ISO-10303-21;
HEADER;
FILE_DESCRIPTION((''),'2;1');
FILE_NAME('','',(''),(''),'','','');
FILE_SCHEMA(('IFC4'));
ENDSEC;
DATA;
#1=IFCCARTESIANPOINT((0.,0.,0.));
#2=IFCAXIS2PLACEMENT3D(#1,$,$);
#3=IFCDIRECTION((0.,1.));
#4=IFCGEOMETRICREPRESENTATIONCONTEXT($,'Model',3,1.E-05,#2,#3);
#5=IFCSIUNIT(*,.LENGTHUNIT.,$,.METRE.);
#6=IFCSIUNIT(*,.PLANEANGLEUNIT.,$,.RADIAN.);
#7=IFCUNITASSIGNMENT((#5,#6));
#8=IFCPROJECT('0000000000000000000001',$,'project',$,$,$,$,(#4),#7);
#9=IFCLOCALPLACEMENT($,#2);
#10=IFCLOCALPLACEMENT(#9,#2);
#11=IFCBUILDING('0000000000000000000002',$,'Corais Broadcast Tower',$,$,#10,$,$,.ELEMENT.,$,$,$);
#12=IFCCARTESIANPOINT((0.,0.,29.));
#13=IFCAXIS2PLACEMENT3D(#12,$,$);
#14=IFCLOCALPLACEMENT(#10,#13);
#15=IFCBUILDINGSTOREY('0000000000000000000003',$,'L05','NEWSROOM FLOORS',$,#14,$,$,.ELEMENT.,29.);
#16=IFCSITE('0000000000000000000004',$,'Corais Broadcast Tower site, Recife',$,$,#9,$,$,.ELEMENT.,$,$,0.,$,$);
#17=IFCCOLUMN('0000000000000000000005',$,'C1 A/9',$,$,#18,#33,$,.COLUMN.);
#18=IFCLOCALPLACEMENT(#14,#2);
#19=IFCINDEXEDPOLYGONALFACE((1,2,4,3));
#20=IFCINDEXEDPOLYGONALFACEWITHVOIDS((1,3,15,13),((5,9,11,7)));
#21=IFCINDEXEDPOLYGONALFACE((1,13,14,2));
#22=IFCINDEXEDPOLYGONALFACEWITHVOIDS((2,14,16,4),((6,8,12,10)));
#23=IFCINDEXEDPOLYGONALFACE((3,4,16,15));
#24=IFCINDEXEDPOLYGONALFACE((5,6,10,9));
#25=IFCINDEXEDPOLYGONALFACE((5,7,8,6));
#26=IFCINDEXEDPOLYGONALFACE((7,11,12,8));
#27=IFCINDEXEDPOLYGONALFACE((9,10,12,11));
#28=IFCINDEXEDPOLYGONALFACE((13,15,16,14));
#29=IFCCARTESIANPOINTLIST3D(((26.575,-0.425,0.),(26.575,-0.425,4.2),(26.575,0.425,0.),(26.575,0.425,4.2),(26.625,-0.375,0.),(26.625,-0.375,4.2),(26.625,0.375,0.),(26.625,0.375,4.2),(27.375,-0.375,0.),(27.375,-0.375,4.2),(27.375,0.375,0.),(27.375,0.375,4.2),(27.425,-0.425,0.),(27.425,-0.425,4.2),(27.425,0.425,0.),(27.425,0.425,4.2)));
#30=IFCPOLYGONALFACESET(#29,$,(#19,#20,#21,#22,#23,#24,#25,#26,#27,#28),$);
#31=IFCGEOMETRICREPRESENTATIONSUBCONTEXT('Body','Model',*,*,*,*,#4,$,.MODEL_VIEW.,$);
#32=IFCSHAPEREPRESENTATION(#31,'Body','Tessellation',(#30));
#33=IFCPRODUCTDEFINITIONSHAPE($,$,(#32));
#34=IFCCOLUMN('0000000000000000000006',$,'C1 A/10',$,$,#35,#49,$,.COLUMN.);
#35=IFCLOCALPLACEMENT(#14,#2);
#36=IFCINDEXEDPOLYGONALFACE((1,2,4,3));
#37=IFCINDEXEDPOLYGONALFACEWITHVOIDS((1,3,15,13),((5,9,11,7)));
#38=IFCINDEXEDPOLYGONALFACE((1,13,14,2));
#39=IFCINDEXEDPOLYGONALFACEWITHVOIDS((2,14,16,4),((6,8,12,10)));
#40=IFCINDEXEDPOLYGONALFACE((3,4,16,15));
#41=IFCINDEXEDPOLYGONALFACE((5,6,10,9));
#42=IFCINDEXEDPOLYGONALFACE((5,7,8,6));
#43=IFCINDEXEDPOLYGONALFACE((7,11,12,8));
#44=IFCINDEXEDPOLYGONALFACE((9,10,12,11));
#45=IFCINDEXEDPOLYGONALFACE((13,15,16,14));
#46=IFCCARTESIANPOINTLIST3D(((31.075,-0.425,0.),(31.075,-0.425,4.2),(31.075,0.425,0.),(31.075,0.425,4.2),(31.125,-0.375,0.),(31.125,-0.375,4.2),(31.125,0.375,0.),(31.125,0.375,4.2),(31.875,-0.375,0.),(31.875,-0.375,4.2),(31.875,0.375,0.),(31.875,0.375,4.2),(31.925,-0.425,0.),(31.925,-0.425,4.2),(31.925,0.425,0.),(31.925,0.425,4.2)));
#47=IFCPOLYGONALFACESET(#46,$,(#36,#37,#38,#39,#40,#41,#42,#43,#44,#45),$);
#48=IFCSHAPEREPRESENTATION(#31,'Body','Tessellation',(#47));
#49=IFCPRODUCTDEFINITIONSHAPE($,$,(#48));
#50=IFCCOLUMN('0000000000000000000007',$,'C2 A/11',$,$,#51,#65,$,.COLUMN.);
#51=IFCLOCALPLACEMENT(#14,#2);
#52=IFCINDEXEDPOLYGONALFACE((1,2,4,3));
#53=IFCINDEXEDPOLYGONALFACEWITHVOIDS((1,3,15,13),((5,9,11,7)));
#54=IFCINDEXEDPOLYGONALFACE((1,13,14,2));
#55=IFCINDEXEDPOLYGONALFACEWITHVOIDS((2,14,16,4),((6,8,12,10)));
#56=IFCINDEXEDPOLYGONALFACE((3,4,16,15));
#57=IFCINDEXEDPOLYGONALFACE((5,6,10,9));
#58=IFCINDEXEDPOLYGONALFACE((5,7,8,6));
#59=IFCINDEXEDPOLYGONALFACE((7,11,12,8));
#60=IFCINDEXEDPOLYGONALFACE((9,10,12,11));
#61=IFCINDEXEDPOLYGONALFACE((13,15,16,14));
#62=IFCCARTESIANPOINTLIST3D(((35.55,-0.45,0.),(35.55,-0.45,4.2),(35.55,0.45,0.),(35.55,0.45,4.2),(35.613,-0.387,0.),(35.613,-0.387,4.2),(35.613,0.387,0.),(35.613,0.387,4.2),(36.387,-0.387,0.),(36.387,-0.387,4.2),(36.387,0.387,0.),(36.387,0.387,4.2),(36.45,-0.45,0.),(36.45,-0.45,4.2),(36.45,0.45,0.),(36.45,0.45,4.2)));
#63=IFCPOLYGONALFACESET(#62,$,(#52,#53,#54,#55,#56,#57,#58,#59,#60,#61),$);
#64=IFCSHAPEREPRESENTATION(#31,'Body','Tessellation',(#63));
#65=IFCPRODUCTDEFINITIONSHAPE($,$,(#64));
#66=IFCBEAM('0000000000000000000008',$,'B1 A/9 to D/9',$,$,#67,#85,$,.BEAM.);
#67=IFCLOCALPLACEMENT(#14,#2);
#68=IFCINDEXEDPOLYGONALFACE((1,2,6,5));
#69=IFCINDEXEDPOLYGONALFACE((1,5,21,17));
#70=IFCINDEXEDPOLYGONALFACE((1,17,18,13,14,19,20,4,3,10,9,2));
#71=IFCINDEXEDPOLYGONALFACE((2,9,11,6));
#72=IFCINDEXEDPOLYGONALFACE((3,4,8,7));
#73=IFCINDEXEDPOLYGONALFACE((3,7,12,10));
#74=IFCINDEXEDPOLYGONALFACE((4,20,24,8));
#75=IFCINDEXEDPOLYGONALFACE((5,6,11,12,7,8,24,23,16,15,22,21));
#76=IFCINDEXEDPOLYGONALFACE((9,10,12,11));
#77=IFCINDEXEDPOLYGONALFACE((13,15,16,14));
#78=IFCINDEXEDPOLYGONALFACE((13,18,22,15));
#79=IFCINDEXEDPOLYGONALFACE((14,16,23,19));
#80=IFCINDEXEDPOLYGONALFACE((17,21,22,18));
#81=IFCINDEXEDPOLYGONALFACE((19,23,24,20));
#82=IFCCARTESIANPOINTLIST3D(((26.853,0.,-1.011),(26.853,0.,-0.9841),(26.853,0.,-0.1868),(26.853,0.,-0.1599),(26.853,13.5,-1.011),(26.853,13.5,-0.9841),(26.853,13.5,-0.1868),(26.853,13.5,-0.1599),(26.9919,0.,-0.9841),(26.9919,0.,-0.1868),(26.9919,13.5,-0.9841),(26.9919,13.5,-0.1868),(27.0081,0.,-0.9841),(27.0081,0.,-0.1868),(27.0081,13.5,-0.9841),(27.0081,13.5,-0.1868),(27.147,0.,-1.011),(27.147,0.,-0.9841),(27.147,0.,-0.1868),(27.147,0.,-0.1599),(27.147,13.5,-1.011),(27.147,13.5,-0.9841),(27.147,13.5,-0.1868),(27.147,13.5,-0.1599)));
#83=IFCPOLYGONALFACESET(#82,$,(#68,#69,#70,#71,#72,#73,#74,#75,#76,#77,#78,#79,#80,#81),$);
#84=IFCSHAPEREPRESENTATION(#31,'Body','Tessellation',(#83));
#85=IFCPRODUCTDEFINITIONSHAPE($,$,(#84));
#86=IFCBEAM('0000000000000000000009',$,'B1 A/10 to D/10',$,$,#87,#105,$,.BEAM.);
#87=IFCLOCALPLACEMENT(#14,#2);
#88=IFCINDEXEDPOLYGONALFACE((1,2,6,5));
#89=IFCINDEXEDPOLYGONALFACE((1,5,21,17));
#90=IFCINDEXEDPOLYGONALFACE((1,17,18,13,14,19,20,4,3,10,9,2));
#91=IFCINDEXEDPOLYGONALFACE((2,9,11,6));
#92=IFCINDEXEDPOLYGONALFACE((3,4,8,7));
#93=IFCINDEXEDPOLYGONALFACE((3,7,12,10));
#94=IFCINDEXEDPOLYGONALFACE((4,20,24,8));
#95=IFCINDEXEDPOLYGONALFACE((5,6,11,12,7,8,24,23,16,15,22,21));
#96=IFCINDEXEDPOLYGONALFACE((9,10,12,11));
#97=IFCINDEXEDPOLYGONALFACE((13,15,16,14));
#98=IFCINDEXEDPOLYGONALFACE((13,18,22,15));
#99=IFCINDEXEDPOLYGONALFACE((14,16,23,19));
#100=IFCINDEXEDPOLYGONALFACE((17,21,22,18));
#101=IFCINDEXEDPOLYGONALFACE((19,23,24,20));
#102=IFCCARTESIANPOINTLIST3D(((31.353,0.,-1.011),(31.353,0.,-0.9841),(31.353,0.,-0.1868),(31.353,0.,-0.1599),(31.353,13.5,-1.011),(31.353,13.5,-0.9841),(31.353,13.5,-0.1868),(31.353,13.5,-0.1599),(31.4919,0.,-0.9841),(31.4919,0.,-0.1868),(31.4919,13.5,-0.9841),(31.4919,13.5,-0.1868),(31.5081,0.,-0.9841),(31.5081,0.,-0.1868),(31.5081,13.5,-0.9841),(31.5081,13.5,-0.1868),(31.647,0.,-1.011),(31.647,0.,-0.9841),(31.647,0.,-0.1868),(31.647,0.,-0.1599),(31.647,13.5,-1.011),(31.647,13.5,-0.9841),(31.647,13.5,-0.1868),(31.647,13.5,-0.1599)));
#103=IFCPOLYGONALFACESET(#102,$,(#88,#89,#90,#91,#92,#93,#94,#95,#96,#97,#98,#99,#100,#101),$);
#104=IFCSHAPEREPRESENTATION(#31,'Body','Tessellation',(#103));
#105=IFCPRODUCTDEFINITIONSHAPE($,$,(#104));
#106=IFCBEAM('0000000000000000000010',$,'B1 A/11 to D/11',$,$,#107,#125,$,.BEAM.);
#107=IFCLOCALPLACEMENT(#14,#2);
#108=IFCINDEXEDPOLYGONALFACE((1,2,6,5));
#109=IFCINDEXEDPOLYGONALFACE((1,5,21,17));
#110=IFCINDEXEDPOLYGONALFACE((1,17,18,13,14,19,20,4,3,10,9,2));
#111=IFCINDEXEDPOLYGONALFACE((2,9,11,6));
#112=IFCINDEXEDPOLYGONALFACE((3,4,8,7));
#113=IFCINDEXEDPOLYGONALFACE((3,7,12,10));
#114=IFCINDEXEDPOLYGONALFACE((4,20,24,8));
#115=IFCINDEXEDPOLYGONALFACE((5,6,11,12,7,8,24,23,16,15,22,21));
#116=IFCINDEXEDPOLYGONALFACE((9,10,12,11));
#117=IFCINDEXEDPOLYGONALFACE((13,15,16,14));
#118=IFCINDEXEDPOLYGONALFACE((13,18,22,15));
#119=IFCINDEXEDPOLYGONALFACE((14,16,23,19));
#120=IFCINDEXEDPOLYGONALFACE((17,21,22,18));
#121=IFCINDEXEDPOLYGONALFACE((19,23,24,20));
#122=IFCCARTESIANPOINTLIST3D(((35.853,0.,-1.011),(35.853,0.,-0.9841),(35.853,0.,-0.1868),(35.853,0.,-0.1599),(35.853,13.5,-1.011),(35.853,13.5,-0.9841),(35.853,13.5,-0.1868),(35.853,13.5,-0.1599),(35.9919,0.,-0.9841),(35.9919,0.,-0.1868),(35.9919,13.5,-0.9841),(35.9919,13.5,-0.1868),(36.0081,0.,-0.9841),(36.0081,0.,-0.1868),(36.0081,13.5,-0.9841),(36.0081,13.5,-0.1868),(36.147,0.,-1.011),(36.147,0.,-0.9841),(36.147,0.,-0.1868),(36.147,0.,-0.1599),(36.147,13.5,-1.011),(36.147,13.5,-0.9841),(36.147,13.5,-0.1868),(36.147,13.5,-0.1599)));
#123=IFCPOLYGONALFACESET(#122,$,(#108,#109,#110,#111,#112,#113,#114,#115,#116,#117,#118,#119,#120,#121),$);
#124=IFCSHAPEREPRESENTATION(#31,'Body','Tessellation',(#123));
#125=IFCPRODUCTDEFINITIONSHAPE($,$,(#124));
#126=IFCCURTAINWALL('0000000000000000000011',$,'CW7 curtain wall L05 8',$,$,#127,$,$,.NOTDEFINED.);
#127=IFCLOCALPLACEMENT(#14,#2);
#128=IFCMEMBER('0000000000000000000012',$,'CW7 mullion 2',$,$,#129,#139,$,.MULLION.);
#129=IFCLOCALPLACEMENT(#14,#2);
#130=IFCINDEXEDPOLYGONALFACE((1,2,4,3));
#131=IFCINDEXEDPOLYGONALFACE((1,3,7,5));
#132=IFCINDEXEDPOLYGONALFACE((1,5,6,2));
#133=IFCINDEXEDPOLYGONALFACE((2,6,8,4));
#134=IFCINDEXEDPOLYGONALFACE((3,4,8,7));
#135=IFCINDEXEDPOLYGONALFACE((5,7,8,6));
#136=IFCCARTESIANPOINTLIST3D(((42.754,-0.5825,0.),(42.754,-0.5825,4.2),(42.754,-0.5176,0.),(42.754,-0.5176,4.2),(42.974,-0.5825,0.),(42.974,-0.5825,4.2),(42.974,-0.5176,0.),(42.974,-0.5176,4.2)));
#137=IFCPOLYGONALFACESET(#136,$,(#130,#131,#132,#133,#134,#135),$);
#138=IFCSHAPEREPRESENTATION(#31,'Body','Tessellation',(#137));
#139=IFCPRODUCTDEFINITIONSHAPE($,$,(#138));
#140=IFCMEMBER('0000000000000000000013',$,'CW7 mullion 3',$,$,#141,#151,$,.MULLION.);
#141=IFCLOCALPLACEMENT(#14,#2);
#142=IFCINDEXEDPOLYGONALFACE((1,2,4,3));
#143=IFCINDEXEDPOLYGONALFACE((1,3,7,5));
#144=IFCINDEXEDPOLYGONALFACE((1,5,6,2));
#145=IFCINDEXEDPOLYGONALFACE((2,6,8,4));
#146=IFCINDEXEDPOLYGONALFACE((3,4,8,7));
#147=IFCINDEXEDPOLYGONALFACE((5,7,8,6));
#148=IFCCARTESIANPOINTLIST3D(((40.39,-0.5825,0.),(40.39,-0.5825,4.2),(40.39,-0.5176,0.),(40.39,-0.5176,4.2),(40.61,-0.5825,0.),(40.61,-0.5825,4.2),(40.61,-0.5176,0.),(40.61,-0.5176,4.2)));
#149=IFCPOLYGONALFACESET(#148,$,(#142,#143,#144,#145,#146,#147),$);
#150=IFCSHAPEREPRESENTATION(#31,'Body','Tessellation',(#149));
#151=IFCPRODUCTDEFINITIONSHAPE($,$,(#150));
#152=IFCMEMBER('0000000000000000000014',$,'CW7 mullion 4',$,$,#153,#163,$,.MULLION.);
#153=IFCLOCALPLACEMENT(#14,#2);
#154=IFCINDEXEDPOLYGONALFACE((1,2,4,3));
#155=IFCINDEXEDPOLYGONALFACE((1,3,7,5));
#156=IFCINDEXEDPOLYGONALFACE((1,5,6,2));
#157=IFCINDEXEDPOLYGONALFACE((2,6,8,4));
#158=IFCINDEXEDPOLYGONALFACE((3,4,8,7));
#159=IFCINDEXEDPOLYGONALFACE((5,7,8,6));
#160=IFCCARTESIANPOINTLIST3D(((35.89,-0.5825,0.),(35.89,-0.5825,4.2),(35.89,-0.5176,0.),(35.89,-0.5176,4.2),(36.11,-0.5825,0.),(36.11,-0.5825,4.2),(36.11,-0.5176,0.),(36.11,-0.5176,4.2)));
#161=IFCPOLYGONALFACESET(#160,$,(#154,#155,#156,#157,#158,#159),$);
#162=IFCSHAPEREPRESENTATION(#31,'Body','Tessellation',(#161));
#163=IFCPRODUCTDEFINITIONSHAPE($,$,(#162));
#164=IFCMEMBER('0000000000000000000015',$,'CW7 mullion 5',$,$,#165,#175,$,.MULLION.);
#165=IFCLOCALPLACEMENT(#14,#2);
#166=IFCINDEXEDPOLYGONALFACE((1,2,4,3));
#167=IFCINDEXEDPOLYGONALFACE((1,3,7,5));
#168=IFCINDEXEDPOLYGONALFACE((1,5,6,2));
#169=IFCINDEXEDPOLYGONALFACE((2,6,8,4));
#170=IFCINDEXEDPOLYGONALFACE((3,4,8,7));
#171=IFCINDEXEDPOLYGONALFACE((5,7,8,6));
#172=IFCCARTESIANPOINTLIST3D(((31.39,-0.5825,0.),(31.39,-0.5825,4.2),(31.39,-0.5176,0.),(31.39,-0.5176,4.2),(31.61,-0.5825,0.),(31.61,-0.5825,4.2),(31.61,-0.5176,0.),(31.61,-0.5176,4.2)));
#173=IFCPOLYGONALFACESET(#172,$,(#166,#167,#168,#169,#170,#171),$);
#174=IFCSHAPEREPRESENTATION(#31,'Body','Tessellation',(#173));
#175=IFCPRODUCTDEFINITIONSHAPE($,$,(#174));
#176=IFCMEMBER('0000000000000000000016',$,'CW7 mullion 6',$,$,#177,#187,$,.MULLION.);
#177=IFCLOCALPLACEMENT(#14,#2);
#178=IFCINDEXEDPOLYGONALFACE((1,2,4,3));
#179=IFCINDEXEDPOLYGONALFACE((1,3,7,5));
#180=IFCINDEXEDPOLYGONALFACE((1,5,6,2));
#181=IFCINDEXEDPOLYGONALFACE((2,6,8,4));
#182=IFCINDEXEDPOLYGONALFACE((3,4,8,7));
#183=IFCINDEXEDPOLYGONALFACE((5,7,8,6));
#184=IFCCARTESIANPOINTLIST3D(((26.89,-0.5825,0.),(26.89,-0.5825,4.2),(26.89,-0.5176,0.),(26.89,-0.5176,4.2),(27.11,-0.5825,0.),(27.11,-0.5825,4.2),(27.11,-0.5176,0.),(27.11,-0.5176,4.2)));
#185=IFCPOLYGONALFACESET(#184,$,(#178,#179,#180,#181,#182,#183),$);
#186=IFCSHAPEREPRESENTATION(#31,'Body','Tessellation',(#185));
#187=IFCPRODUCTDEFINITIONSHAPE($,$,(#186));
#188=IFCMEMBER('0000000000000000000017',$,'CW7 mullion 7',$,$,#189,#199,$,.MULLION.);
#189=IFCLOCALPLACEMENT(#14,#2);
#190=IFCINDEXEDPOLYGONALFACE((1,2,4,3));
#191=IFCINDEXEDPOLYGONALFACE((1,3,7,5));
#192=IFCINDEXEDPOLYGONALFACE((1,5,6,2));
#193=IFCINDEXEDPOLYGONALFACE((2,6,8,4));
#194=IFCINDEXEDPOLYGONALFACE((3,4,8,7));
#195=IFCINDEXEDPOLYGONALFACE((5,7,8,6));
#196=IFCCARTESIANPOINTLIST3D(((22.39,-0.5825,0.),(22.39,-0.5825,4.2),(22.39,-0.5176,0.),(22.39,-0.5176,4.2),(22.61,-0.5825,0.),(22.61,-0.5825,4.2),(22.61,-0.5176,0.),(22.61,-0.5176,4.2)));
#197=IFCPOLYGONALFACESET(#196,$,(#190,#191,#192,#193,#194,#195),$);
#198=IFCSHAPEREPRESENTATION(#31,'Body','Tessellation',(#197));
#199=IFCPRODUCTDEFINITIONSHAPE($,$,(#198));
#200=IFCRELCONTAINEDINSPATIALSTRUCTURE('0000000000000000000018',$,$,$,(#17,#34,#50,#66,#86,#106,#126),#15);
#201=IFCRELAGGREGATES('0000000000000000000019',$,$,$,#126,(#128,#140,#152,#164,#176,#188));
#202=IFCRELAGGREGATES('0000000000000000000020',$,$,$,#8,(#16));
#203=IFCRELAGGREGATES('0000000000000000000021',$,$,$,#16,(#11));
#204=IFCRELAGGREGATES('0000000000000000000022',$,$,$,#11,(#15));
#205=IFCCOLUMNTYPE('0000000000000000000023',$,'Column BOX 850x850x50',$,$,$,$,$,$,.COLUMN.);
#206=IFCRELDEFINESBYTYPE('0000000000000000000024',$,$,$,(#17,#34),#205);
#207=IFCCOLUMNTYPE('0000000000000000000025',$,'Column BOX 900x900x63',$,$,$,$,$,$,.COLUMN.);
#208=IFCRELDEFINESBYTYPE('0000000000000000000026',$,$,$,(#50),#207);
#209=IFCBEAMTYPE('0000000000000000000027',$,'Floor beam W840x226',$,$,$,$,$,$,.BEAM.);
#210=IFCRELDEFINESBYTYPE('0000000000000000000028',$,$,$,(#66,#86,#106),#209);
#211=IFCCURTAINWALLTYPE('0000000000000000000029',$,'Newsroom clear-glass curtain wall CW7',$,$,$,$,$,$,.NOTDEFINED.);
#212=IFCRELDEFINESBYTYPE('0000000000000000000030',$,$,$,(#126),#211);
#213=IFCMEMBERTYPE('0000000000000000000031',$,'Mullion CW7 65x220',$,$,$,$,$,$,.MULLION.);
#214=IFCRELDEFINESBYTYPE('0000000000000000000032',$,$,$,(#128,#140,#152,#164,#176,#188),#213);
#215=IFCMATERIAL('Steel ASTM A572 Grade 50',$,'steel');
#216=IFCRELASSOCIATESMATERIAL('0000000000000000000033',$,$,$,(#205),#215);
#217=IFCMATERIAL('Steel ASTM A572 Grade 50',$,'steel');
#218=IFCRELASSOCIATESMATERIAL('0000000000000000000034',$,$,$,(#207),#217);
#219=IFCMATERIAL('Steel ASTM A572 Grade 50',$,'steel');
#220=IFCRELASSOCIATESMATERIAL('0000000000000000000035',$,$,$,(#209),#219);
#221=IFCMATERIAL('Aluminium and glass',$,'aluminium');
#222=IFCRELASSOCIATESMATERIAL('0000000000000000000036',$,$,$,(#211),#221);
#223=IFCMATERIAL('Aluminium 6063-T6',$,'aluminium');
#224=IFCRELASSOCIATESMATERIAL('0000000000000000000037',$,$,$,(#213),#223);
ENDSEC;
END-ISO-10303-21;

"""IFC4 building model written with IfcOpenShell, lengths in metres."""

from ifc_helpers import new_model, si_unit, direction, frame, origin, origin_2d, place, context, subcontext, project, spatial, rectangle, hollow_rectangle, i_section, extrude, material, material_profile, profile_set, type_object, element, aggregate, save


model = new_model("IFC4")

# Units and contexts
model_context = context("Model", 3, precision=1e-05, world=origin(), true_north=direction((0.0, 1.0)))
body_context = subcontext(model_context, "Body", "Model", "MODEL_VIEW")
ifc_project = project(units=[si_unit("LENGTHUNIT", "METRE"), si_unit("PLANEANGLEUNIT", "RADIAN")], contexts=[model_context])

# Site, building, storey
site_placement = place(None, origin())
site = spatial("IfcSite", under=ifc_project, at=site_placement, Name="Corais Broadcast Tower site, Recife", CompositionType="ELEMENT", RefElevation=0.0)
building_placement = place(site_placement, origin())
building = spatial("IfcBuilding", under=site, at=building_placement, Name="Corais Broadcast Tower", CompositionType="ELEMENT")
storey_placement = place(building_placement, frame((0.0, 0.0, 29.0)))
storey = spatial("IfcBuildingStorey", under=building, at=storey_placement, Name="L05", Description="NEWSROOM FLOORS", CompositionType="ELEMENT", Elevation=29.0)

# Columns
ifc_material_1 = material(Name="Steel ASTM A572 Grade 50", Category="steel")
ifc_material_profile_1 = material_profile(ifc_material_1, hollow_rectangle(XDim=0.8501, YDim=0.8501, WallThickness=0.05, at=origin_2d()), Name="BOX 850x850x50")
ifc_profile_set_1 = profile_set([ifc_material_profile_1], Name="Steel ASTM A572 Grade 50")
column_type_1 = type_object("IfcColumnType", Name="Column BOX 850x850x50", PredefinedType="COLUMN", material=ifc_profile_set_1)
for number, where, z_axis, x_axis, name in (
    (1, (27.0, 0.0, 0.0), (0.0, 0.0, 1.0), (1.0, 0.0, 0.0), "C1 A/9"),
    (2, (31.5, 0.0, 0.0), (0.0, 0.0, 1.0), (1.0, 0.0, 0.0), "C1 A/10"),
):
    element("IfcColumn", number, at=place(storey_placement, frame(where, z_axis=z_axis, x_axis=x_axis)), inside=storey, type_object=column_type_1, Name=name, PredefinedType="COLUMN", context=body_context, shape_type="SweptSolid", body=[
        extrude(hollow_rectangle(XDim=0.8501, YDim=0.8501, WallThickness=0.05, at=origin_2d()), origin(), (0.0, 0.0, 1.0), 4.2),
    ])
ifc_material_2 = material(Name="Steel ASTM A572 Grade 50", Category="steel")
ifc_material_profile_2 = material_profile(ifc_material_2, hollow_rectangle(XDim=0.8999, YDim=0.8999, WallThickness=0.063, at=origin_2d()), Name="BOX 900x900x63")
ifc_profile_set_2 = profile_set([ifc_material_profile_2], Name="Steel ASTM A572 Grade 50")
column_type_2 = type_object("IfcColumnType", Name="Column BOX 900x900x63", PredefinedType="COLUMN", material=ifc_profile_set_2)
column_placement = place(storey_placement, frame((36.0, 0.0, 0.0), z_axis=(0.0, 0.0, 1.0), x_axis=(1.0, 0.0, 0.0)))
element("IfcColumn", 3, at=column_placement, inside=storey, type_object=column_type_2, Name="C2 A/11", PredefinedType="COLUMN", context=body_context, shape_type="SweptSolid", body=[
    extrude(hollow_rectangle(XDim=0.8999, YDim=0.8999, WallThickness=0.063, at=origin_2d()), origin(), (0.0, 0.0, 1.0), 4.2),
])

# Beams
ifc_material_3 = material(Name="Steel ASTM A572 Grade 50", Category="steel")
ifc_material_profile_3 = material_profile(ifc_material_3, i_section(OverallWidth=0.2939, OverallDepth=0.8511, WebThickness=0.0161, FlangeThickness=0.0269, at=origin_2d()), Name="W840x226")
ifc_profile_set_3 = profile_set([ifc_material_profile_3], Name="Steel ASTM A572 Grade 50")
beam_type_1 = type_object("IfcBeamType", Name="Floor beam W840x226", PredefinedType="BEAM", material=ifc_profile_set_3)
for number, where, z_axis, x_axis, name in (
    (4, (27.0, 0.0, -0.5854), (0.0, 1.0, 0.0), (-1.0, 0.0, 0.0), "B1 A/9 to D/9"),
    (5, (31.5, 0.0, -0.5854), (0.0, 1.0, 0.0), (-1.0, 0.0, 0.0), "B1 A/10 to D/10"),
    (6, (36.0, 0.0, -0.5854), (0.0, 1.0, 0.0), (-1.0, 0.0, 0.0), "B1 A/11 to D/11"),
):
    element("IfcBeam", number, at=place(storey_placement, frame(where, z_axis=z_axis, x_axis=x_axis)), inside=storey, type_object=beam_type_1, Name=name, PredefinedType="BEAM", context=body_context, shape_type="SweptSolid", body=[
        extrude(i_section(OverallWidth=0.2939, OverallDepth=0.8511, WebThickness=0.0161, FlangeThickness=0.0269, at=origin_2d()), origin(), (0.0, 0.0, 1.0), 13.5),
    ])

# Curtain wall, members
ifc_material_4 = material(Name="Aluminium and glass", Category="aluminium")
curtain_wall_type = type_object("IfcCurtainWallType", Name="Newsroom clear-glass curtain wall CW7", PredefinedType="NOTDEFINED", material=ifc_material_4)
curtain_wall_placement = place(storey_placement, origin())
curtain_wall = element("IfcCurtainWall", 7, at=curtain_wall_placement, inside=storey, type_object=curtain_wall_type, Name="CW7 curtain wall L05 8", PredefinedType="NOTDEFINED")
ifc_material_5 = material(Name="Aluminium 6063-T6", Category="aluminium")
ifc_material_profile_4 = material_profile(ifc_material_5, rectangle(XDim=0.0649, YDim=0.22, at=origin_2d()), Name="Mullion CW7 65x220")
ifc_profile_set_4 = profile_set([ifc_material_profile_4], Name="Aluminium 6063-T6")
member_type_1 = type_object("IfcMemberType", Name="Mullion CW7 65x220", PredefinedType="MULLION", material=ifc_profile_set_4)
member_1_placement = place(storey_placement, frame((42.864, -0.55, 0.0), z_axis=(0.0, 0.0, 1.0), x_axis=(0.0, -1.0, 0.0)))
member_1 = element("IfcMember", 8, at=member_1_placement, type_object=member_type_1, Name="CW7 mullion 2", PredefinedType="MULLION", context=body_context, shape_type="SweptSolid", body=[
    extrude(rectangle(XDim=0.0649, YDim=0.22, at=origin_2d()), origin(), (0.0, 0.0, 1.0), 4.2),
])
member_2_placement = place(storey_placement, frame((40.5, -0.55, 0.0), z_axis=(0.0, 0.0, 1.0), x_axis=(0.0, -1.0, 0.0)))
member_2 = element("IfcMember", 9, at=member_2_placement, type_object=member_type_1, Name="CW7 mullion 3", PredefinedType="MULLION", context=body_context, shape_type="SweptSolid", body=[
    extrude(rectangle(XDim=0.0649, YDim=0.22, at=origin_2d()), origin(), (0.0, 0.0, 1.0), 4.2),
])
member_3_placement = place(storey_placement, frame((36.0, -0.55, 0.0), z_axis=(0.0, 0.0, 1.0), x_axis=(0.0, -1.0, 0.0)))
member_3 = element("IfcMember", 10, at=member_3_placement, type_object=member_type_1, Name="CW7 mullion 4", PredefinedType="MULLION", context=body_context, shape_type="SweptSolid", body=[
    extrude(rectangle(XDim=0.0649, YDim=0.22, at=origin_2d()), origin(), (0.0, 0.0, 1.0), 4.2),
])
member_4_placement = place(storey_placement, frame((31.5, -0.55, 0.0), z_axis=(0.0, 0.0, 1.0), x_axis=(0.0, -1.0, 0.0)))
member_4 = element("IfcMember", 11, at=member_4_placement, type_object=member_type_1, Name="CW7 mullion 5", PredefinedType="MULLION", context=body_context, shape_type="SweptSolid", body=[
    extrude(rectangle(XDim=0.0649, YDim=0.22, at=origin_2d()), origin(), (0.0, 0.0, 1.0), 4.2),
])
member_5_placement = place(storey_placement, frame((27.0, -0.55, 0.0), z_axis=(0.0, 0.0, 1.0), x_axis=(0.0, -1.0, 0.0)))
member_5 = element("IfcMember", 12, at=member_5_placement, type_object=member_type_1, Name="CW7 mullion 6", PredefinedType="MULLION", context=body_context, shape_type="SweptSolid", body=[
    extrude(rectangle(XDim=0.0649, YDim=0.22, at=origin_2d()), origin(), (0.0, 0.0, 1.0), 4.2),
])
member_6_placement = place(storey_placement, frame((22.5, -0.55, 0.0), z_axis=(0.0, 0.0, 1.0), x_axis=(0.0, -1.0, 0.0)))
member_6 = element("IfcMember", 13, at=member_6_placement, type_object=member_type_1, Name="CW7 mullion 7", PredefinedType="MULLION", context=body_context, shape_type="SweptSolid", body=[
    extrude(rectangle(XDim=0.0649, YDim=0.22, at=origin_2d()), origin(), (0.0, 0.0, 1.0), 4.2),
])

aggregate(curtain_wall, [member_1, member_2, member_3, member_4, member_5, member_6])

save(model, "model.ifc")
